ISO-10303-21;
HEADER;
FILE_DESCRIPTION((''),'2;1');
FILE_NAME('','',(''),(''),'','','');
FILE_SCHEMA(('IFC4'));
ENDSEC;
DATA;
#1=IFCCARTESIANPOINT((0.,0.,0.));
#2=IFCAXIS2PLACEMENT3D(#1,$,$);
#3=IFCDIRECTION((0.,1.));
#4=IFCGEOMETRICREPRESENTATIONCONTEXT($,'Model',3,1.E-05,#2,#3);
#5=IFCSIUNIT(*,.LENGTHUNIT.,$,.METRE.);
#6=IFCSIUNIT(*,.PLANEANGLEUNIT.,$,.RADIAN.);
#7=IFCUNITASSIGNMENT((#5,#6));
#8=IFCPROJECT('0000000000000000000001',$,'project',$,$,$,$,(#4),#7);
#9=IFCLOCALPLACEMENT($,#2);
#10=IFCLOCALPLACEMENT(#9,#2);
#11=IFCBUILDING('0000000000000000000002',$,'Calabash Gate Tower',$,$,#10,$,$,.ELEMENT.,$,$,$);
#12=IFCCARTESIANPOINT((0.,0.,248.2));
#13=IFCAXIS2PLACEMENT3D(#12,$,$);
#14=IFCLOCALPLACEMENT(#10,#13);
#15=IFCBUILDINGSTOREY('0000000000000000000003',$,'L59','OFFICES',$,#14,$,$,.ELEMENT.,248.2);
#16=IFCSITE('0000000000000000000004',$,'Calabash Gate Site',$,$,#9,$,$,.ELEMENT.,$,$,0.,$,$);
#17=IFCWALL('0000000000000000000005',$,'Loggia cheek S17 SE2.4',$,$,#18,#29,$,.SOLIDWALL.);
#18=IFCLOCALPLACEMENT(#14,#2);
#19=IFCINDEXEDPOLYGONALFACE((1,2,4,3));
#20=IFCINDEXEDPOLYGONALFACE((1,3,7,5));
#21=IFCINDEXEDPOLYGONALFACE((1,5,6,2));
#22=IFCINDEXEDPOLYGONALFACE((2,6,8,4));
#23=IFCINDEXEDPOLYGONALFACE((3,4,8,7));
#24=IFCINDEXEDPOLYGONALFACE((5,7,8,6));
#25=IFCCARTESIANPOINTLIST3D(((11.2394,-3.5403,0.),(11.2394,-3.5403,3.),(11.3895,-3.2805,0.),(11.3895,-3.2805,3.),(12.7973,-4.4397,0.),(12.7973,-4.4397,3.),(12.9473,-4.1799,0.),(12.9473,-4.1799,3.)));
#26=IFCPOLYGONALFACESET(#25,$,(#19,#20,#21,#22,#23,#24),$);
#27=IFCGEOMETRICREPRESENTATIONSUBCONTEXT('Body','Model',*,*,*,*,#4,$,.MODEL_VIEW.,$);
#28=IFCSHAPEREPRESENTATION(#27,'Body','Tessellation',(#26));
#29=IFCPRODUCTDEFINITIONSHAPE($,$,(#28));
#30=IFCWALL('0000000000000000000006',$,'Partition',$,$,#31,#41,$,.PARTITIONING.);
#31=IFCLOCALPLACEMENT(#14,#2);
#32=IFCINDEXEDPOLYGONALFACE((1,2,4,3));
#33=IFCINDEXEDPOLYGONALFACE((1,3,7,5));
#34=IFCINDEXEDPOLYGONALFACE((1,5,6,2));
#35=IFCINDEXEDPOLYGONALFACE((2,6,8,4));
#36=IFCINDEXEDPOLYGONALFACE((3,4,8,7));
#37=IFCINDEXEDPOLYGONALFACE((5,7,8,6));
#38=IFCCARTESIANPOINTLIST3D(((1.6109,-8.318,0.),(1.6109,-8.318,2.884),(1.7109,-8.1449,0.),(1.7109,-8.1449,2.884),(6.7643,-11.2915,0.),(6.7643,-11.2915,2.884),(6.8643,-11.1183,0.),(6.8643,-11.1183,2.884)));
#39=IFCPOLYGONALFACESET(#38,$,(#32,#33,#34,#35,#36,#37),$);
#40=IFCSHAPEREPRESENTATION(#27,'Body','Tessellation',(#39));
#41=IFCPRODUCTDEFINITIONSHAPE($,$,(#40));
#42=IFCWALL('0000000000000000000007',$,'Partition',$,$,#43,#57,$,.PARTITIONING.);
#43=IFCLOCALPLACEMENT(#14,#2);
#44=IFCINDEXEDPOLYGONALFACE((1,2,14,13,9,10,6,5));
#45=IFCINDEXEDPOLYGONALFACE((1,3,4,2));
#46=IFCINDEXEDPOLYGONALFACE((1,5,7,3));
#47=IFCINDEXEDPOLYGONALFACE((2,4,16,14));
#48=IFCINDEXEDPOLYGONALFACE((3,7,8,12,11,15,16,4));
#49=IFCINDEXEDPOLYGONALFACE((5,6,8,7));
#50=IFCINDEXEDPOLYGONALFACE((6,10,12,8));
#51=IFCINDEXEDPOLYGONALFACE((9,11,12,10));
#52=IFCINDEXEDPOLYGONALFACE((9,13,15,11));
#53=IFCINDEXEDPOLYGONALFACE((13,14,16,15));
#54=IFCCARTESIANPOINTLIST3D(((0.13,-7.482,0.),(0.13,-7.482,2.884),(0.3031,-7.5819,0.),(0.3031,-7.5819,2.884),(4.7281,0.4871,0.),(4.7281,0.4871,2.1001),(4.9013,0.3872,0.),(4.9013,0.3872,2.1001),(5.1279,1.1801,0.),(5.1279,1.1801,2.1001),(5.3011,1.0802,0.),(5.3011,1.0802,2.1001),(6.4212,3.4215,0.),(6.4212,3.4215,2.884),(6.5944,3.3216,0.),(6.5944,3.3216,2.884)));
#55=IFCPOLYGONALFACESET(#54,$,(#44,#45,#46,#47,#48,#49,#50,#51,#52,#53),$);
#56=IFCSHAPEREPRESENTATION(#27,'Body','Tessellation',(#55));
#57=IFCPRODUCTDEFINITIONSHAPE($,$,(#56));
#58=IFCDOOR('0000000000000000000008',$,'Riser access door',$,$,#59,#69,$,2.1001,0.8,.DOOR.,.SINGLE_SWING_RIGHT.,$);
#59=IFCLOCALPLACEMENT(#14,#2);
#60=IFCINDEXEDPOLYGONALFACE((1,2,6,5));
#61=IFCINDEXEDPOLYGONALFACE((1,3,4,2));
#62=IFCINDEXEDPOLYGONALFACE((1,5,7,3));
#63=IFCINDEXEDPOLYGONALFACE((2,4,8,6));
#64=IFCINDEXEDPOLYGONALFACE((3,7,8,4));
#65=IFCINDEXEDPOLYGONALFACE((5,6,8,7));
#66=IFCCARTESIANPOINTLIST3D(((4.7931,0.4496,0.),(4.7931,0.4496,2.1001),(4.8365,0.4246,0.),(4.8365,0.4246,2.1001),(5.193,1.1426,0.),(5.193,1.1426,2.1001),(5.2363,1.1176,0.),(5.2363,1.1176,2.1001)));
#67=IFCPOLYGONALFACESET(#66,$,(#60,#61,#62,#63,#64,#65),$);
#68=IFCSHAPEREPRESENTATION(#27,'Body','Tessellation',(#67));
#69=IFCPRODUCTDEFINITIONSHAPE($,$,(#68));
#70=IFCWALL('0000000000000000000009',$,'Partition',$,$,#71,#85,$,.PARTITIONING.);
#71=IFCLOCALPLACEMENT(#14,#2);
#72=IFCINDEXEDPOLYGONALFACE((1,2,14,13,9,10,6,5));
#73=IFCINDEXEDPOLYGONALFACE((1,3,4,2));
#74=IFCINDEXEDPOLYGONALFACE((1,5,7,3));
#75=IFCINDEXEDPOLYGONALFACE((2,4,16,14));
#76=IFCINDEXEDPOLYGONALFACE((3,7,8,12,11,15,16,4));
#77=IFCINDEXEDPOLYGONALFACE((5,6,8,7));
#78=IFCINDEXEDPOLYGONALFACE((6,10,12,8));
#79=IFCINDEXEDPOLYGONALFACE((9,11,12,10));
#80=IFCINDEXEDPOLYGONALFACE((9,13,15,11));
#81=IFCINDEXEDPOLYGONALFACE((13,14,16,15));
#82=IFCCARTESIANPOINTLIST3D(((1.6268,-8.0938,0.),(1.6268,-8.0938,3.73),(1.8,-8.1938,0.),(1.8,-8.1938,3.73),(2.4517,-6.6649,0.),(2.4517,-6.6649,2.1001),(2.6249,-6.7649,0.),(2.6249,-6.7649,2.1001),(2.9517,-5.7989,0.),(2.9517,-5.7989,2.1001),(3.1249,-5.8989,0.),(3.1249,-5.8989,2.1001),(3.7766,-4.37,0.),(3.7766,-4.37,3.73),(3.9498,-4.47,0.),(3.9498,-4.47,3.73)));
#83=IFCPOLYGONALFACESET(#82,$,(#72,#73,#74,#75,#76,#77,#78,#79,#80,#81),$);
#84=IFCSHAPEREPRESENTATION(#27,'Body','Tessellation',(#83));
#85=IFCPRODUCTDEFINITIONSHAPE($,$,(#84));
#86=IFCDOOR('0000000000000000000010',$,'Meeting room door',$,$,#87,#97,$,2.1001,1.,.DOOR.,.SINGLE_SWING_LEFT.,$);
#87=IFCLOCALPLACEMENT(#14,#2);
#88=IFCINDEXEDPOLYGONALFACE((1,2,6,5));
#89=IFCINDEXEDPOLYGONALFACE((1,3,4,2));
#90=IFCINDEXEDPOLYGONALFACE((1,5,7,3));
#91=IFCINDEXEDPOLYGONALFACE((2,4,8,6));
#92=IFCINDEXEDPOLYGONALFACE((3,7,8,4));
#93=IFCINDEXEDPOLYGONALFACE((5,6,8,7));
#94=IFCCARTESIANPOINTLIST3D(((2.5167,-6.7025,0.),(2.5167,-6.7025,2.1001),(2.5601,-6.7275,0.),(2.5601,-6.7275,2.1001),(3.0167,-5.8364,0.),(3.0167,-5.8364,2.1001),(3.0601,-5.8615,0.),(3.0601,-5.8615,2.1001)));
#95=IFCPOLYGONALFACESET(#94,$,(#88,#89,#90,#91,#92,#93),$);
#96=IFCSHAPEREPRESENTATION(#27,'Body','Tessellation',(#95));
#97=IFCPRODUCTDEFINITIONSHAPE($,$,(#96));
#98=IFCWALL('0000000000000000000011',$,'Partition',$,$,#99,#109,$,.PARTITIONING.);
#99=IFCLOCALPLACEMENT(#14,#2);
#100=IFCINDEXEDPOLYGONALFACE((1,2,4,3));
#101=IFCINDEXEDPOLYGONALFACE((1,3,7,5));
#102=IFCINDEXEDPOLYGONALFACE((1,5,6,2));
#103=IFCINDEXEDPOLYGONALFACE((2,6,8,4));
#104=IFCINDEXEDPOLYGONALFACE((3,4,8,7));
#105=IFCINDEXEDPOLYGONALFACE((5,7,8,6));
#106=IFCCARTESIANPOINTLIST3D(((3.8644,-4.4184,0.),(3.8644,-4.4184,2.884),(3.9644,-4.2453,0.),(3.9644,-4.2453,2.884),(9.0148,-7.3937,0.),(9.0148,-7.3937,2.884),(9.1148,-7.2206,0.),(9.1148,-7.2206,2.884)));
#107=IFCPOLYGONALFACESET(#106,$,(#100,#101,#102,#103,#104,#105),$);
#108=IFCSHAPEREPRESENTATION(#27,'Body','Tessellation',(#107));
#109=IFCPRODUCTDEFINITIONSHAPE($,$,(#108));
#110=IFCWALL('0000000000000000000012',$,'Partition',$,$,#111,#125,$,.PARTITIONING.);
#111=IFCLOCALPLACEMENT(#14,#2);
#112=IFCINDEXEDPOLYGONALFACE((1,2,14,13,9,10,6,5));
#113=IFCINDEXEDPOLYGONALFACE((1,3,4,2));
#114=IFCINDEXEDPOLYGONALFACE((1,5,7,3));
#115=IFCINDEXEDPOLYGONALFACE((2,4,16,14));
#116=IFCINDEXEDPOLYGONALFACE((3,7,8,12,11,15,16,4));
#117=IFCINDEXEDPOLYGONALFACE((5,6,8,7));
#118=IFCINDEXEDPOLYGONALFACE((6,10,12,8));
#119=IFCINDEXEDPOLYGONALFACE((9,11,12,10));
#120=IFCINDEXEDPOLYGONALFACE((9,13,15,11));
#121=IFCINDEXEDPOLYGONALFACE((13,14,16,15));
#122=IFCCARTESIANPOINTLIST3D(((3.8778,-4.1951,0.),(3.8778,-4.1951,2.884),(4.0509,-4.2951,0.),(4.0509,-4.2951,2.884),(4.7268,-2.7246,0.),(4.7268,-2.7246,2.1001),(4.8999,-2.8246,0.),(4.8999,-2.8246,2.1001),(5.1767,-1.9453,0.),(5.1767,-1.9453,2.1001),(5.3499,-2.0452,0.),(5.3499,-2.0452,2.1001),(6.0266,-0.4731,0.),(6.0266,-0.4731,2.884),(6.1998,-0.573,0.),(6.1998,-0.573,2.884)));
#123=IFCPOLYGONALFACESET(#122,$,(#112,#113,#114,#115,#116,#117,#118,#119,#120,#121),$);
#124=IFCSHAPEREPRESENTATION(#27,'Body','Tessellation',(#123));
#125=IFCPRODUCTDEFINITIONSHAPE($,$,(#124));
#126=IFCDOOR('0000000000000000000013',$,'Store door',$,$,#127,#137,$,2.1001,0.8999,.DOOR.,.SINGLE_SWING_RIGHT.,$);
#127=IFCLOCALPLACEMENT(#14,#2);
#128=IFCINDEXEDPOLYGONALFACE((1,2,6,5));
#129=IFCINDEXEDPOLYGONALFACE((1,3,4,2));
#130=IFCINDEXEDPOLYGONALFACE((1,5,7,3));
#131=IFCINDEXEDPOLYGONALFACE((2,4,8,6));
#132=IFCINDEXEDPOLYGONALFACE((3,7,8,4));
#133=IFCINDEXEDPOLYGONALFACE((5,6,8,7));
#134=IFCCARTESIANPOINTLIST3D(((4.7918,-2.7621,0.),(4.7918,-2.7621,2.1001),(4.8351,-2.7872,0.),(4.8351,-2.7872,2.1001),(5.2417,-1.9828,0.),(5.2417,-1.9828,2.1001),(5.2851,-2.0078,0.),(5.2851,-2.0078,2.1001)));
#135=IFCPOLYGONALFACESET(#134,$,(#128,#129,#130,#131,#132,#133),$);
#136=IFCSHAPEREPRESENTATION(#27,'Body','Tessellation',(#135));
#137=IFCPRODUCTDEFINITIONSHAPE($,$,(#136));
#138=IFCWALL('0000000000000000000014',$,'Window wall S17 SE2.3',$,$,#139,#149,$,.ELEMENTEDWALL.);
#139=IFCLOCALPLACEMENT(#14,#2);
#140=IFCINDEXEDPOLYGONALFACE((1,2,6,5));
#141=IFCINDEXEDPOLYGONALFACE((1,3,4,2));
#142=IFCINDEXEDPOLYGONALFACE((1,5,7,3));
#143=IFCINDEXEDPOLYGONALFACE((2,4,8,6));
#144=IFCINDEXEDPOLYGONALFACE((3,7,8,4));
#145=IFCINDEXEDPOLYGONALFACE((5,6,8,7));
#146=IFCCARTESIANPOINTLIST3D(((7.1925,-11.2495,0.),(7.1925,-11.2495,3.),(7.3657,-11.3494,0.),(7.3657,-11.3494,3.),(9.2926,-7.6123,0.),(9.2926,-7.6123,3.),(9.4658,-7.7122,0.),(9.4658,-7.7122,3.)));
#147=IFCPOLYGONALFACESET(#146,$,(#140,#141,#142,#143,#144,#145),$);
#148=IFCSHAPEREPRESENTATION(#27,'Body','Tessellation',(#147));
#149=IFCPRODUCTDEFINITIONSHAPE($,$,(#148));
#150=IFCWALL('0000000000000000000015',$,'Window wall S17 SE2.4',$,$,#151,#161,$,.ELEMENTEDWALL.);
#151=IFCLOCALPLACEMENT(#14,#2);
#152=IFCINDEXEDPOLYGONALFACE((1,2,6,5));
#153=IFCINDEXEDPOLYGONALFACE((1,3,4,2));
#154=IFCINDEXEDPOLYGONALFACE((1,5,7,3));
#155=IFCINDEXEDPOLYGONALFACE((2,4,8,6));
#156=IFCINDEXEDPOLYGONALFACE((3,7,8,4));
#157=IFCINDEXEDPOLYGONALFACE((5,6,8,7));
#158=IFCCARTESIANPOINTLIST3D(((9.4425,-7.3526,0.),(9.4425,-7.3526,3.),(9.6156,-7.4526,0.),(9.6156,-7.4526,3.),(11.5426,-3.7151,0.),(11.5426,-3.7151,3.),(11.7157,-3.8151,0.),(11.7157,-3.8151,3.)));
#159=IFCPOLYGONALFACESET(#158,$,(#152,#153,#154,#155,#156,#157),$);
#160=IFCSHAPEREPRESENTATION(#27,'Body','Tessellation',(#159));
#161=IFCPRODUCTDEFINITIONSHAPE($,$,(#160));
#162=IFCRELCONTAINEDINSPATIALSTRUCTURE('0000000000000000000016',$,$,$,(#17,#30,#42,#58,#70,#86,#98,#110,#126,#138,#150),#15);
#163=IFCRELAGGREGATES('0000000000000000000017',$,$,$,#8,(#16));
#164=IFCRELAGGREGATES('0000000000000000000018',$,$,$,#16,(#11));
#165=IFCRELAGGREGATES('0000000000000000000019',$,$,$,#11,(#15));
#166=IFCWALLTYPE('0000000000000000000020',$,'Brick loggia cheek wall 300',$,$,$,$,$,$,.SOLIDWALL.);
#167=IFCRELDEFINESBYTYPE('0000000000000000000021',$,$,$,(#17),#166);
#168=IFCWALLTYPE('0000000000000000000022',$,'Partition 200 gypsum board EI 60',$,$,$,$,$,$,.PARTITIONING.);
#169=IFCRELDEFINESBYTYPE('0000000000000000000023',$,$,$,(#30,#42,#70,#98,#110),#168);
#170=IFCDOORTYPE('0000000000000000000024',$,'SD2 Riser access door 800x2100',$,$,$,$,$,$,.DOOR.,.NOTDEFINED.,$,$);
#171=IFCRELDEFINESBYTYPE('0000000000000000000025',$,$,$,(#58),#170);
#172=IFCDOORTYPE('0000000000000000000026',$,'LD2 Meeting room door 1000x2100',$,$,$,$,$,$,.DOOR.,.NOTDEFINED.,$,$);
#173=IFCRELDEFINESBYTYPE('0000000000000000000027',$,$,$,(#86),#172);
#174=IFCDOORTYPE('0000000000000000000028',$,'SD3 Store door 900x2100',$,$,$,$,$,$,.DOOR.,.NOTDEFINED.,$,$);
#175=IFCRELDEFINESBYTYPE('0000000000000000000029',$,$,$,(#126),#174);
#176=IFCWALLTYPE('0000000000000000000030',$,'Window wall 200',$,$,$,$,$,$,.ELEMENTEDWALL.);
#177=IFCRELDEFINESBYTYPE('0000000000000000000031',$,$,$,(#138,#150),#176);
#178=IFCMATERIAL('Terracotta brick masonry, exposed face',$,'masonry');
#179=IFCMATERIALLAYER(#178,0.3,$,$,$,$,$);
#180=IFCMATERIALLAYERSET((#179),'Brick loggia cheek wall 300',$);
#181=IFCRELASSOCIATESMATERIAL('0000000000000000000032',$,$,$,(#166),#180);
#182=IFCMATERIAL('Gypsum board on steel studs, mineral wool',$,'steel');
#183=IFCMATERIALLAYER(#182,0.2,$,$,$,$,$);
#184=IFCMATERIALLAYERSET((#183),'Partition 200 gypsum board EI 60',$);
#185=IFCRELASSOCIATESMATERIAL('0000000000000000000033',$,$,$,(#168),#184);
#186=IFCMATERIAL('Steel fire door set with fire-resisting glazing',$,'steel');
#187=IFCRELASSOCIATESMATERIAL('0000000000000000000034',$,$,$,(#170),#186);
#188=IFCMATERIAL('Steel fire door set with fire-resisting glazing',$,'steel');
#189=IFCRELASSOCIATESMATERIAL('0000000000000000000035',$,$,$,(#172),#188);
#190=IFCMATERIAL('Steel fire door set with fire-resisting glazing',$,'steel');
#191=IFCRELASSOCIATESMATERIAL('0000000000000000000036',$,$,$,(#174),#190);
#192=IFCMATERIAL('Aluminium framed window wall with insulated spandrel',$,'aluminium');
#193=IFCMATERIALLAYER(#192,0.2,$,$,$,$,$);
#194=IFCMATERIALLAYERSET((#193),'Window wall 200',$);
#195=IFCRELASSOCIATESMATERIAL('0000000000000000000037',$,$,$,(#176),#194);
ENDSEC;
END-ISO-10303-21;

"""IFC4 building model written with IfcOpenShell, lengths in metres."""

from ifc_helpers import new_model, si_unit, direction, frame, frame_2d, origin, place, context, subcontext, project, spatial, rectangle, extrude, material, layer, layer_set, type_object, element, fill, save


model = new_model("IFC4")

# Units and contexts
model_context = context("Model", 3, precision=1e-05, world=origin(), true_north=direction((0.0, 1.0)))
body_context = subcontext(model_context, "Body", "Model", "MODEL_VIEW")
ifc_project = project(units=[si_unit("LENGTHUNIT", "METRE"), si_unit("PLANEANGLEUNIT", "RADIAN")], contexts=[model_context])

# Site, building, storey
site_placement = place(None, origin())
site = spatial("IfcSite", under=ifc_project, at=site_placement, Name="Calabash Gate Site", CompositionType="ELEMENT", RefElevation=0.0)
building_placement = place(site_placement, origin())
building = spatial("IfcBuilding", under=site, at=building_placement, Name="Calabash Gate Tower", CompositionType="ELEMENT")
storey_placement = place(building_placement, frame((0.0, 0.0, 248.2)))
storey = spatial("IfcBuildingStorey", under=building, at=storey_placement, Name="L59", Description="OFFICES", CompositionType="ELEMENT", Elevation=248.2)

# Wall
ifc_material_1 = material(Name="Terracotta brick masonry, exposed face", Category="masonry")
ifc_layer_1 = layer(ifc_material_1, 0.3)
ifc_layer_set_1 = layer_set([ifc_layer_1], Name="Brick loggia cheek wall 300")
wall_type_1 = type_object("IfcWallType", Name="Brick loggia cheek wall 300", PredefinedType="SOLIDWALL", material=ifc_layer_set_1)
wall_1_placement = place(storey_placement, frame((11.3145, -3.4104, 0.0), z_axis=(0.0, 0.0, 1.0), x_axis=(0.86603, -0.499993, 0.0)))
element("IfcWall", 1, at=wall_1_placement, inside=storey, type_object=wall_type_1, Name="Loggia cheek S17 SE2.4", PredefinedType="SOLIDWALL", context=body_context, shape_type="SweptSolid", body=[
    extrude(rectangle(XDim=1.7988, YDim=0.3, at=frame_2d((0.8994, 0.0))), origin(), (0.0, 0.0, 1.0), 3.0),
])

# Shared definitions
ifc_material_2 = material(Name="Gypsum board on steel studs, mineral wool", Category="steel")
ifc_layer_2 = layer(ifc_material_2, 0.2)
ifc_layer_set_2 = layer_set([ifc_layer_2], Name="Partition 200 gypsum board EI 60")
wall_type_2 = type_object("IfcWallType", Name="Partition 200 gypsum board EI 60", PredefinedType="PARTITIONING", material=ifc_layer_set_2)

# Wall
wall_2_placement = place(storey_placement, frame((1.6609, -8.2314, 0.0), z_axis=(0.0, 0.0, 1.0), x_axis=(0.866162, -0.499763, 0.0)))
element("IfcWall", 2, at=wall_2_placement, inside=storey, type_object=wall_type_2, Name="Partition", PredefinedType="PARTITIONING", context=body_context, shape_type="SweptSolid", body=[
    extrude(rectangle(XDim=5.9497, YDim=0.2, at=frame_2d((2.9749, 0.0))), origin(), (0.0, 0.0, 1.0), 2.884),
])

# Walls, openings, doors
wall_3_placement = place(storey_placement, frame((0.2166, -7.532, 0.0), z_axis=(0.0, 0.0, 1.0), x_axis=(0.499767, 0.86616, 0.0)))
wall_3 = element("IfcWall", 3, at=wall_3_placement, inside=storey, type_object=wall_type_2, Name="Partition", PredefinedType="PARTITIONING", context=body_context, shape_type="SweptSolid", body=[
    extrude(rectangle(XDim=12.5884, YDim=0.2, at=frame_2d((6.2942, 0.0))), origin(), (0.0, 0.0, 1.0), 2.884),
])
opening_1_placement = place(wall_3_placement, frame((9.2007, 0.0, 0.0)))
opening_1 = element("IfcOpeningElement", 4, at=opening_1_placement, cuts=wall_3, PredefinedType="OPENING", context=body_context, shape_type="SweptSolid", body=[
    extrude(rectangle(XDim=0.8, YDim=2.1001, at=frame_2d((0.3999, 1.05))), frame((0.0, 0.1099, 0.0), z_axis=(0.0, -1.0, 0.0), x_axis=(1.0, 0.0, 0.0)), (0.0, 0.0, 1.0), 0.22),
])
ifc_material_3 = material(Name="Steel fire door set with fire-resisting glazing", Category="steel")
door_type_1 = type_object("IfcDoorType", Name="SD2 Riser access door 800x2100", OperationType="NOTDEFINED", PredefinedType="DOOR", material=ifc_material_3)
door_1_placement = place(opening_1_placement, origin())
door_1 = element("IfcDoor", 5, at=door_1_placement, inside=storey, type_object=door_type_1, Name="Riser access door", OperationType="SINGLE_SWING_RIGHT", OverallHeight=2.1001, OverallWidth=0.8, PredefinedType="DOOR", context=body_context, shape_type="SweptSolid", body=[
    extrude(rectangle(XDim=0.8, YDim=2.1001, at=frame_2d((0.3999, 1.05))), frame((0.0, 0.0249, 0.0), z_axis=(0.0, -1.0, 0.0), x_axis=(1.0, 0.0, 0.0)), (0.0, 0.0, 1.0), 0.05),
])
fill(opening_1, door_1)
wall_4_placement = place(storey_placement, frame((1.7134, -8.1438, 0.0), z_axis=(0.0, 0.0, 1.0), x_axis=(0.499986, 0.866033, 0.0)))
wall_4 = element("IfcWall", 6, at=wall_4_placement, inside=storey, type_object=wall_type_2, Name="Partition", PredefinedType="PARTITIONING", context=body_context, shape_type="SweptSolid", body=[
    extrude(rectangle(XDim=4.2998, YDim=0.2, at=frame_2d((2.1499, 0.0))), origin(), (0.0, 0.0, 1.0), 3.73),
])
opening_2_placement = place(wall_4_placement, frame((1.6499, 0.0, 0.0)))
opening_2 = element("IfcOpeningElement", 7, at=opening_2_placement, cuts=wall_4, PredefinedType="OPENING", context=body_context, shape_type="SweptSolid", body=[
    extrude(rectangle(XDim=1.0, YDim=2.1001, at=frame_2d((0.5, 1.05))), frame((0.0, 0.1099, 0.0), z_axis=(0.0, -1.0, 0.0), x_axis=(1.0, 0.0, 0.0)), (0.0, 0.0, 1.0), 0.22),
])
ifc_material_4 = material(Name="Steel fire door set with fire-resisting glazing", Category="steel")
door_type_2 = type_object("IfcDoorType", Name="LD2 Meeting room door 1000x2100", OperationType="NOTDEFINED", PredefinedType="DOOR", material=ifc_material_4)
door_2_placement = place(opening_2_placement, origin())
door_2 = element("IfcDoor", 8, at=door_2_placement, inside=storey, type_object=door_type_2, Name="Meeting room door", OperationType="SINGLE_SWING_LEFT", OverallHeight=2.1001, OverallWidth=1.0, PredefinedType="DOOR", context=body_context, shape_type="SweptSolid", body=[
    extrude(rectangle(XDim=1.0, YDim=2.1001, at=frame_2d((0.5, 1.05))), frame((0.0, 0.0249, 0.0), z_axis=(0.0, -1.0, 0.0), x_axis=(1.0, 0.0, 0.0)), (0.0, 0.0, 1.0), 0.05),
])
fill(opening_2, door_2)

# Wall
wall_5_placement = place(storey_placement, frame((3.9143, -4.3318, 0.0), z_axis=(0.0, 0.0, 1.0), x_axis=(0.865897, -0.500222, 0.0)))
element("IfcWall", 9, at=wall_5_placement, inside=storey, type_object=wall_type_2, Name="Partition", PredefinedType="PARTITIONING", context=body_context, shape_type="SweptSolid", body=[
    extrude(rectangle(XDim=5.948, YDim=0.2, at=frame_2d((2.9741, 0.0))), origin(), (0.0, 0.0, 1.0), 2.884),
])

# Wall, opening, door
wall_6_placement = place(storey_placement, frame((3.9644, -4.2451, 0.0), z_axis=(0.0, 0.0, 1.0), x_axis=(0.499988, 0.866032, 0.0)))
wall_6 = element("IfcWall", 10, at=wall_6_placement, inside=storey, type_object=wall_type_2, Name="Partition", PredefinedType="PARTITIONING", context=body_context, shape_type="SweptSolid", body=[
    extrude(rectangle(XDim=4.2979, YDim=0.2, at=frame_2d((2.1489, 0.0))), origin(), (0.0, 0.0, 1.0), 2.884),
])
opening_3_placement = place(wall_6_placement, frame((1.698, 0.0, 0.0)))
opening_3 = element("IfcOpeningElement", 11, at=opening_3_placement, cuts=wall_6, PredefinedType="OPENING", context=body_context, shape_type="SweptSolid", body=[
    extrude(rectangle(XDim=0.8999, YDim=2.1001, at=frame_2d((0.45, 1.05))), frame((0.0, 0.1099, 0.0), z_axis=(0.0, -1.0, 0.0), x_axis=(1.0, 0.0, 0.0)), (0.0, 0.0, 1.0), 0.22),
])
ifc_material_5 = material(Name="Steel fire door set with fire-resisting glazing", Category="steel")
door_type_3 = type_object("IfcDoorType", Name="SD3 Store door 900x2100", OperationType="NOTDEFINED", PredefinedType="DOOR", material=ifc_material_5)
door_3_placement = place(opening_3_placement, origin())
door_3 = element("IfcDoor", 12, at=door_3_placement, inside=storey, type_object=door_type_3, Name="Store door", OperationType="SINGLE_SWING_RIGHT", OverallHeight=2.1001, OverallWidth=0.8999, PredefinedType="DOOR", context=body_context, shape_type="SweptSolid", body=[
    extrude(rectangle(XDim=0.8999, YDim=2.1001, at=frame_2d((0.45, 1.05))), frame((0.0, 0.0249, 0.0), z_axis=(0.0, -1.0, 0.0), x_axis=(1.0, 0.0, 0.0)), (0.0, 0.0, 1.0), 0.05),
])
fill(opening_3, door_3)

# Walls
ifc_material_6 = material(Name="Aluminium framed window wall with insulated spandrel", Category="aluminium")
ifc_layer_3 = layer(ifc_material_6, 0.2)
ifc_layer_set_3 = layer_set([ifc_layer_3], Name="Window wall 200")
wall_type_3 = type_object("IfcWallType", Name="Window wall 200", PredefinedType="ELEMENTEDWALL", material=ifc_layer_set_3)
wall_7_placement = place(storey_placement, frame((7.2791, -11.2996, 0.0), z_axis=(0.0, 0.0, 1.0), x_axis=(0.500028, 0.866009, 0.0)))
element("IfcWall", 13, at=wall_7_placement, inside=storey, type_object=wall_type_3, Name="Window wall S17 SE2.3", PredefinedType="ELEMENTEDWALL", context=body_context, shape_type="SweptSolid", body=[
    extrude(rectangle(XDim=4.2, YDim=0.2, at=frame_2d((2.1001, 0.0))), origin(), (0.0, 0.0, 1.0), 3.0),
])
wall_8_placement = place(storey_placement, frame((9.5291, -7.4026, 0.0), z_axis=(0.0, 0.0, 1.0), x_axis=(0.500003, 0.866024, 0.0)))
element("IfcWall", 14, at=wall_8_placement, inside=storey, type_object=wall_type_3, Name="Window wall S17 SE2.4", PredefinedType="ELEMENTEDWALL", context=body_context, shape_type="SweptSolid", body=[
    extrude(rectangle(XDim=4.2002, YDim=0.2, at=frame_2d((2.1001, 0.0))), origin(), (0.0, 0.0, 1.0), 3.0),
])

save(model, "model.ifc")
